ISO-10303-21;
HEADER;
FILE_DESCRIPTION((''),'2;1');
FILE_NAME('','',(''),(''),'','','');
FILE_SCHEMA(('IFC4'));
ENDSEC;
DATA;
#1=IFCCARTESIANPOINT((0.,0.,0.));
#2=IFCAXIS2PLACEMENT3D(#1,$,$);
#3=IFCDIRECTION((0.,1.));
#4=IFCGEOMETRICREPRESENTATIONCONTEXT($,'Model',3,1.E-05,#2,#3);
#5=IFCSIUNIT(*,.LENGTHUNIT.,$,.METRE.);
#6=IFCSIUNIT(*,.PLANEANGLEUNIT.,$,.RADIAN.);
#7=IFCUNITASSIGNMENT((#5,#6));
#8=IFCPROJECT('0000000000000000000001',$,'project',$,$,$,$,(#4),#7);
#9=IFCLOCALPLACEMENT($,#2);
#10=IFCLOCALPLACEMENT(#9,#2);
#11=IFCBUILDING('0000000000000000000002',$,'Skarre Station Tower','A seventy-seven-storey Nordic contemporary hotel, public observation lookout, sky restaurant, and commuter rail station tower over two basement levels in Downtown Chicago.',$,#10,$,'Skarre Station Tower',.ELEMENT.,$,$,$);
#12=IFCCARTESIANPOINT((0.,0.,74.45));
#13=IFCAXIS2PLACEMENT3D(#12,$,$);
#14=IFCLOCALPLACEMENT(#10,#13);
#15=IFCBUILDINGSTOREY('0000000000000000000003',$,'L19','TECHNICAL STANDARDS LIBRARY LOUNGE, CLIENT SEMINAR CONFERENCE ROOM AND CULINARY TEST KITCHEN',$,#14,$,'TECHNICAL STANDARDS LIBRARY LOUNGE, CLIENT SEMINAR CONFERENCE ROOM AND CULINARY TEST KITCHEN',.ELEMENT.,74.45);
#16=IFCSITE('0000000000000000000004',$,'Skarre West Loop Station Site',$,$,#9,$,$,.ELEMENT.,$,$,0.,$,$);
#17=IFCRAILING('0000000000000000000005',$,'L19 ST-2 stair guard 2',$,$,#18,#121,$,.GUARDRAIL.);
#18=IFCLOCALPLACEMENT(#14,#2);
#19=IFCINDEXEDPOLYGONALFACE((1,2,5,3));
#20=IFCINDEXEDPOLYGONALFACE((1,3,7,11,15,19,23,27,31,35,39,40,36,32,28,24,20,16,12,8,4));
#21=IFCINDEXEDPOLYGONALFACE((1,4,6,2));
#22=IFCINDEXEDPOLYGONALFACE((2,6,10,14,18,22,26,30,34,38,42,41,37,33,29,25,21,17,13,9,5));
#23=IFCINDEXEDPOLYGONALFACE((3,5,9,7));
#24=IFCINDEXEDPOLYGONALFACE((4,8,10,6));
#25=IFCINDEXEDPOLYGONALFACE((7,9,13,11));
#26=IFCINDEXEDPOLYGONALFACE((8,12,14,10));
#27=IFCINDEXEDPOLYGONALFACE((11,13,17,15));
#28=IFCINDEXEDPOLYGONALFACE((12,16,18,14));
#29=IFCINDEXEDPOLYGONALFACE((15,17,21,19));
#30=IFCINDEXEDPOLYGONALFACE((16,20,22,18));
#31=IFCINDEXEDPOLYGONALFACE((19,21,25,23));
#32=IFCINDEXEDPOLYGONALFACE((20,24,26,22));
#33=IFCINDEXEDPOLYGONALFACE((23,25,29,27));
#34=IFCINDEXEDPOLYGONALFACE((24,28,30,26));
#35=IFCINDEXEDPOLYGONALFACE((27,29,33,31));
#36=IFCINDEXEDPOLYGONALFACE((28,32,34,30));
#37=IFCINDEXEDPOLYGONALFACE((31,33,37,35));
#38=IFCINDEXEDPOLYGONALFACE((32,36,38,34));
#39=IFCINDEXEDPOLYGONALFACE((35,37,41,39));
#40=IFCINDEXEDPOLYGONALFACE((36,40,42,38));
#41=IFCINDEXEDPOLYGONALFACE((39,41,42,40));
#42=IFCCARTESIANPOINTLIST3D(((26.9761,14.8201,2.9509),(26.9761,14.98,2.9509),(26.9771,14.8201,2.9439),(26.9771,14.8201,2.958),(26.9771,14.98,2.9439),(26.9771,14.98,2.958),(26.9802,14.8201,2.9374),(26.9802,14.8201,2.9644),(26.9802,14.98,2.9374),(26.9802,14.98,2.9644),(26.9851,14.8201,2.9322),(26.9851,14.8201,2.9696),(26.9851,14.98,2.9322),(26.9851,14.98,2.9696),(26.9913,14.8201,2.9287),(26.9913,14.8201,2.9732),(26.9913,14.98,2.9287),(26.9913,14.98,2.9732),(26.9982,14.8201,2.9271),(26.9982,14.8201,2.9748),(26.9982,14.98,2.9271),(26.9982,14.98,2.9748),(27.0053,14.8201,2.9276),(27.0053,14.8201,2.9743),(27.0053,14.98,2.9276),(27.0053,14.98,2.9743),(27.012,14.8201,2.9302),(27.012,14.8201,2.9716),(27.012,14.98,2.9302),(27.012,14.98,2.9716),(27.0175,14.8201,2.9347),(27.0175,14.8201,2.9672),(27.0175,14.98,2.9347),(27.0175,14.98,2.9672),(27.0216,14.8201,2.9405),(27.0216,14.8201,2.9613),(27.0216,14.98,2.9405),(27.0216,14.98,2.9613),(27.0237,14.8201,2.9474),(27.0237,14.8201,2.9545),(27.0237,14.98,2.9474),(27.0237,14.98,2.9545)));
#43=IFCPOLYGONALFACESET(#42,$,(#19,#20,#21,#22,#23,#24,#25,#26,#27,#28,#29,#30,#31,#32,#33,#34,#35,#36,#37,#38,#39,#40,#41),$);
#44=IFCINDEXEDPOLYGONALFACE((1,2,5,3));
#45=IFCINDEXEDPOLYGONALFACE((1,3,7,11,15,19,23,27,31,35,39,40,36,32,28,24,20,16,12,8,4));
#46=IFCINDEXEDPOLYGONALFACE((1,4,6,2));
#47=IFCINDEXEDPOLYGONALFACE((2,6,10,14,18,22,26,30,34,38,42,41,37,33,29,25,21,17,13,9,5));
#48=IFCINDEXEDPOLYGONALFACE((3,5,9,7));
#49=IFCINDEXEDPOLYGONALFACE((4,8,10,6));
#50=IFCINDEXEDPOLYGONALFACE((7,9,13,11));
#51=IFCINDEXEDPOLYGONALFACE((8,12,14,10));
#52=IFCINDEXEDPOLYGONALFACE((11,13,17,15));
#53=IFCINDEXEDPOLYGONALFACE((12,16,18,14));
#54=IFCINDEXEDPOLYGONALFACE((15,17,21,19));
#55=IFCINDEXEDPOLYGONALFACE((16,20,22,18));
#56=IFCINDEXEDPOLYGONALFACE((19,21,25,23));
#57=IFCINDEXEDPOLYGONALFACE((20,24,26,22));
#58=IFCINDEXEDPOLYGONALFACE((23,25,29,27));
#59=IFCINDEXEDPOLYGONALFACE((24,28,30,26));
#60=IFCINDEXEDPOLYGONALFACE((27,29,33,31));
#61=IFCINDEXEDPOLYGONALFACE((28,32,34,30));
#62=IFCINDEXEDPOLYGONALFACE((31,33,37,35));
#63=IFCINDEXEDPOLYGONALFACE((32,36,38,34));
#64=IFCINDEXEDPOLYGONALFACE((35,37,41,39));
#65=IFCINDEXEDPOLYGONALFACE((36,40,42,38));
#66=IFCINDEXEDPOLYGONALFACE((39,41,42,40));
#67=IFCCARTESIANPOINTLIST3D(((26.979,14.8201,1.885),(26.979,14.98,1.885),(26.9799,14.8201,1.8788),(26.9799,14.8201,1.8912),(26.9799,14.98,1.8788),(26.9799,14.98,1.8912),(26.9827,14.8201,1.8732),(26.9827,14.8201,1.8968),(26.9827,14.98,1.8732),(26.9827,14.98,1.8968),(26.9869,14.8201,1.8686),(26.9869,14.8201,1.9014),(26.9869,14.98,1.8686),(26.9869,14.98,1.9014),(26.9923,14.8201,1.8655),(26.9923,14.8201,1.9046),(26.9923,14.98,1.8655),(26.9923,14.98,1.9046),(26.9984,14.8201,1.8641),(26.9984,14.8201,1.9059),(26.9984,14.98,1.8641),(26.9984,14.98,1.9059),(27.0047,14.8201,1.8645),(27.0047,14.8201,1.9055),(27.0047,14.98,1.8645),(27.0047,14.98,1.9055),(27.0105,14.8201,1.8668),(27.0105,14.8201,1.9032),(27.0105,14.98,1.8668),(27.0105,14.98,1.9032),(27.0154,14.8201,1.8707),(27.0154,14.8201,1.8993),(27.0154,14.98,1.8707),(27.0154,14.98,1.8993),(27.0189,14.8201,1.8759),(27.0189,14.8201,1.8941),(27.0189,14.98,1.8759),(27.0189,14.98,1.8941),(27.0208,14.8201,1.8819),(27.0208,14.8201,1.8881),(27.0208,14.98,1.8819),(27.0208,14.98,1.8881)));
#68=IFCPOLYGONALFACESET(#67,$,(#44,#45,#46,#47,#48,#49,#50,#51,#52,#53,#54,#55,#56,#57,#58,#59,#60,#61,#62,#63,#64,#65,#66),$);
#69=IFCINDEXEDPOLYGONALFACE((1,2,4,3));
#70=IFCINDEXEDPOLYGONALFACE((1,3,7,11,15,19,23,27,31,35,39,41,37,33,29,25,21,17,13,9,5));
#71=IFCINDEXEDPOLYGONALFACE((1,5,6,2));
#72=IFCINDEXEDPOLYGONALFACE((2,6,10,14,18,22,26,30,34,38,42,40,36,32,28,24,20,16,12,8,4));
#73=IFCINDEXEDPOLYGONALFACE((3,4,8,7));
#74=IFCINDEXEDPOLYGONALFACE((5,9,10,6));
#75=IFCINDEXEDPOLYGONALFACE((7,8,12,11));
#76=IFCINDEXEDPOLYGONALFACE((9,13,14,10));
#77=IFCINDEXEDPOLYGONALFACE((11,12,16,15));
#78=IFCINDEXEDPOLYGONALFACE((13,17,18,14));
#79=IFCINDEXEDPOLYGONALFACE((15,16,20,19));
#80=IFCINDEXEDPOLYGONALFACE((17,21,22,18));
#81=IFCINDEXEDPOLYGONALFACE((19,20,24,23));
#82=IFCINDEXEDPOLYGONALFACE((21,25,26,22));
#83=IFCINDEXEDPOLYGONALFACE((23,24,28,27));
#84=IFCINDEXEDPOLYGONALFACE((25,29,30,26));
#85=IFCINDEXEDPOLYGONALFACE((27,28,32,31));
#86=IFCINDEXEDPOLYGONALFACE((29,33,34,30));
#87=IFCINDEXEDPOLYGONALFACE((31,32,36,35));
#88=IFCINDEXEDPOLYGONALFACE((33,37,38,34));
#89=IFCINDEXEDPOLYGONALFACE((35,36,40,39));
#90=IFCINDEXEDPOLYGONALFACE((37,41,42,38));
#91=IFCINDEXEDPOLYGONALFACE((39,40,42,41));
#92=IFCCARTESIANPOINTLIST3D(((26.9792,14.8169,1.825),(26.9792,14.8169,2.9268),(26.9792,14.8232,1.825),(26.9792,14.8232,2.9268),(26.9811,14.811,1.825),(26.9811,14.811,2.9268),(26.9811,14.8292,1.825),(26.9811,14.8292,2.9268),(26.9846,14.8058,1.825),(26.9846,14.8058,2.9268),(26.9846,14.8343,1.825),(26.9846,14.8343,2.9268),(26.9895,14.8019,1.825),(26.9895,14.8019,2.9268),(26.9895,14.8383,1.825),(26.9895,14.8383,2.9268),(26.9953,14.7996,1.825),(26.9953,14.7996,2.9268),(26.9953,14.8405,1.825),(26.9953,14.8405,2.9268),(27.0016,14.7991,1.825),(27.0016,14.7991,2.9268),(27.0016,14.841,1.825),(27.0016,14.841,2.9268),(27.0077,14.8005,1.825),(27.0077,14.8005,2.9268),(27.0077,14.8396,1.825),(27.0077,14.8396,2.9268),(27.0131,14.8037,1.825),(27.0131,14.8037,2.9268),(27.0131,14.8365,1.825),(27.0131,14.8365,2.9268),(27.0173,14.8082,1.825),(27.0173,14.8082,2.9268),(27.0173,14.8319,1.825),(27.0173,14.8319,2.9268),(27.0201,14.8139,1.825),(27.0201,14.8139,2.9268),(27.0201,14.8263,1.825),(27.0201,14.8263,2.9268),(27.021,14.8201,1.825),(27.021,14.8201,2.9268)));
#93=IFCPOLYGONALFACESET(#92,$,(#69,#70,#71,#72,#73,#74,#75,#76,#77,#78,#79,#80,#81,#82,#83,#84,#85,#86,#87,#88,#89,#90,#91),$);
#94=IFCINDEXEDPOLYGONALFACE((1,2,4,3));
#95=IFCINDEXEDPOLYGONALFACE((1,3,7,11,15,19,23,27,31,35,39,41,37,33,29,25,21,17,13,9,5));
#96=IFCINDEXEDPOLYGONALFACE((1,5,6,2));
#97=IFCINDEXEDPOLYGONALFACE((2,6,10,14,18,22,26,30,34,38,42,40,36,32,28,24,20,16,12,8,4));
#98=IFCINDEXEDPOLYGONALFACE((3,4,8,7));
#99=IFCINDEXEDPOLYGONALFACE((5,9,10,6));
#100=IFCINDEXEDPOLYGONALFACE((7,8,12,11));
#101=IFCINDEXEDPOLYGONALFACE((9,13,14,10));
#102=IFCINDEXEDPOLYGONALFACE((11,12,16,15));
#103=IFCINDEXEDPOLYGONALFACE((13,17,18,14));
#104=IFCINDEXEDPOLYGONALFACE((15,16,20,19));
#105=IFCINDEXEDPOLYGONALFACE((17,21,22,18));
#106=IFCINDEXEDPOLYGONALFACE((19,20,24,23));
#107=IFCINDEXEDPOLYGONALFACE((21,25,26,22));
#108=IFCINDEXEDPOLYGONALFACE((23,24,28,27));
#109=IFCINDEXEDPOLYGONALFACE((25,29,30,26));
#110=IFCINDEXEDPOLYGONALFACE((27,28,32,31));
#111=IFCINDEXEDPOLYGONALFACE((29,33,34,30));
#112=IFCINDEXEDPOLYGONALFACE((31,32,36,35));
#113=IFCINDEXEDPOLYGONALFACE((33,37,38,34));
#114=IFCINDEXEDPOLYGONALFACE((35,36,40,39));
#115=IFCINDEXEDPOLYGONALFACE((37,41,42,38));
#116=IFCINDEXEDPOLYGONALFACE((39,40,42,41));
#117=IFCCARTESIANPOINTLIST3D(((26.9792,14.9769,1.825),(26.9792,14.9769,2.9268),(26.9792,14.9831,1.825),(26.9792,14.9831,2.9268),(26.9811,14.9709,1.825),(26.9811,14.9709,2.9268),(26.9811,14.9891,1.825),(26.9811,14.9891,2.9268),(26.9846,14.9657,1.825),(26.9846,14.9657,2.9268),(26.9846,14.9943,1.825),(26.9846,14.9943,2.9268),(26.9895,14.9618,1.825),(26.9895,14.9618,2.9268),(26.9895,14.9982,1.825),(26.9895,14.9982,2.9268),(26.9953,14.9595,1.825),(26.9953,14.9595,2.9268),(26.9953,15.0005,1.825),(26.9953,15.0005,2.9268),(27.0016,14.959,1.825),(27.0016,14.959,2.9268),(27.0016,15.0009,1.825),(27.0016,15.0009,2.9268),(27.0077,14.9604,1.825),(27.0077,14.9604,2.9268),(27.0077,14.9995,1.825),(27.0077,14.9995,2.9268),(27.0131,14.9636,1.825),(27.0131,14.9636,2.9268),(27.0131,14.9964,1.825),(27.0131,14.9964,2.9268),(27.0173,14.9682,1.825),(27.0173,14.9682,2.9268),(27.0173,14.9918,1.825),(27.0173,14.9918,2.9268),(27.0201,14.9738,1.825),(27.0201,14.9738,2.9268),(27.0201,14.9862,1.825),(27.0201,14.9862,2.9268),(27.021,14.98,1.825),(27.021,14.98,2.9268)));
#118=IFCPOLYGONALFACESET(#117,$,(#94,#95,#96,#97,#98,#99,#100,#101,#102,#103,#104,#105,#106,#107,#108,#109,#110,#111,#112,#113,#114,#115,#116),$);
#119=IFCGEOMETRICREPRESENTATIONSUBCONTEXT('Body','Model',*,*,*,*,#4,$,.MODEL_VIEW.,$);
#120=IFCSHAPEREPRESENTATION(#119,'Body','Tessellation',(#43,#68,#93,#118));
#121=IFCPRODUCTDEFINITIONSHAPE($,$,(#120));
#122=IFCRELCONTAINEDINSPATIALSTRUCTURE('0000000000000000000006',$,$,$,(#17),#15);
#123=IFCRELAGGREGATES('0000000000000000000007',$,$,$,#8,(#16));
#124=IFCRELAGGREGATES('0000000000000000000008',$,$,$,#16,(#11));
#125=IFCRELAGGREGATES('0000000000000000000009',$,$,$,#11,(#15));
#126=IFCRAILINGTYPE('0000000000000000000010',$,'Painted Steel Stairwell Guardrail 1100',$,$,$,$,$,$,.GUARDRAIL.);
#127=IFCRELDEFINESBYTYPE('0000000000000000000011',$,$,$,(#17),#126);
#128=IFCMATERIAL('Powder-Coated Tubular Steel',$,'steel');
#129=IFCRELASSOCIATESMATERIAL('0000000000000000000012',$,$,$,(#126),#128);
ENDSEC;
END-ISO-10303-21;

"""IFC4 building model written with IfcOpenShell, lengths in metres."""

from ifc_helpers import new_model, si_unit, direction, frame, origin, origin_2d, place, context, subcontext, project, spatial, circle, extrude, material, type_object, element, save


model = new_model("IFC4")

# Units and contexts
model_context = context("Model", 3, precision=1e-05, world=origin(), true_north=direction((0.0, 1.0)))
body_context = subcontext(model_context, "Body", "Model", "MODEL_VIEW")
ifc_project = project(units=[si_unit("LENGTHUNIT", "METRE"), si_unit("PLANEANGLEUNIT", "RADIAN")], contexts=[model_context])

# Site, building, storey
site_placement = place(None, origin())
site = spatial("IfcSite", under=ifc_project, at=site_placement, Name="Skarre West Loop Station Site", CompositionType="ELEMENT", RefElevation=0.0)
building_placement = place(site_placement, origin())
building = spatial("IfcBuilding", under=site, at=building_placement, Name="Skarre Station Tower", Description="A seventy-seven-storey Nordic contemporary hotel, public observation lookout, sky restaurant, and commuter rail station tower over two basement levels in Downtown Chicago.", LongName="Skarre Station Tower", CompositionType="ELEMENT")
storey_placement = place(building_placement, frame((0.0, 0.0, 74.45)))
storey = spatial("IfcBuildingStorey", under=building, at=storey_placement, Name="L19", Description="TECHNICAL STANDARDS LIBRARY LOUNGE, CLIENT SEMINAR CONFERENCE ROOM AND CULINARY TEST KITCHEN", LongName="TECHNICAL STANDARDS LIBRARY LOUNGE, CLIENT SEMINAR CONFERENCE ROOM AND CULINARY TEST KITCHEN", CompositionType="ELEMENT", Elevation=74.45)

# Railing
ifc_material_1 = material(Name="Powder-Coated Tubular Steel", Category="steel")
railing_type_1 = type_object("IfcRailingType", Name="Painted Steel Stairwell Guardrail 1100", PredefinedType="GUARDRAIL", material=ifc_material_1)
railing_1_placement = place(storey_placement, frame((27.0, 14.8201, 1.825)))
element("IfcRailing", 1, at=railing_1_placement, inside=storey, type_object=railing_type_1, Name="L19 ST-2 stair guard 2", PredefinedType="GUARDRAIL", context=body_context, shape_type="SweptSolid", body=[
    extrude(circle(Radius=0.0239, at=origin_2d()), frame((0.0, 0.0, 1.126), z_axis=(0.0, 1.0, 0.0), x_axis=(-1.0, 0.0, 0.0)), (0.0, 0.0, 1.0), 0.1599),
    extrude(circle(Radius=0.021, at=origin_2d()), frame((0.0, 0.0, 0.0601), z_axis=(0.0, 1.0, 0.0), x_axis=(-1.0, 0.0, 0.0)), (0.0, 0.0, 1.0), 0.1599),
    extrude(circle(Radius=0.021, at=origin_2d()), origin(), (0.0, 0.0, 1.0), 1.1018),
    extrude(circle(Radius=0.021, at=origin_2d()), frame((0.0, 0.1599, 0.0)), (0.0, 0.0, 1.0), 1.1018),
])

save(model, "model.ifc")
